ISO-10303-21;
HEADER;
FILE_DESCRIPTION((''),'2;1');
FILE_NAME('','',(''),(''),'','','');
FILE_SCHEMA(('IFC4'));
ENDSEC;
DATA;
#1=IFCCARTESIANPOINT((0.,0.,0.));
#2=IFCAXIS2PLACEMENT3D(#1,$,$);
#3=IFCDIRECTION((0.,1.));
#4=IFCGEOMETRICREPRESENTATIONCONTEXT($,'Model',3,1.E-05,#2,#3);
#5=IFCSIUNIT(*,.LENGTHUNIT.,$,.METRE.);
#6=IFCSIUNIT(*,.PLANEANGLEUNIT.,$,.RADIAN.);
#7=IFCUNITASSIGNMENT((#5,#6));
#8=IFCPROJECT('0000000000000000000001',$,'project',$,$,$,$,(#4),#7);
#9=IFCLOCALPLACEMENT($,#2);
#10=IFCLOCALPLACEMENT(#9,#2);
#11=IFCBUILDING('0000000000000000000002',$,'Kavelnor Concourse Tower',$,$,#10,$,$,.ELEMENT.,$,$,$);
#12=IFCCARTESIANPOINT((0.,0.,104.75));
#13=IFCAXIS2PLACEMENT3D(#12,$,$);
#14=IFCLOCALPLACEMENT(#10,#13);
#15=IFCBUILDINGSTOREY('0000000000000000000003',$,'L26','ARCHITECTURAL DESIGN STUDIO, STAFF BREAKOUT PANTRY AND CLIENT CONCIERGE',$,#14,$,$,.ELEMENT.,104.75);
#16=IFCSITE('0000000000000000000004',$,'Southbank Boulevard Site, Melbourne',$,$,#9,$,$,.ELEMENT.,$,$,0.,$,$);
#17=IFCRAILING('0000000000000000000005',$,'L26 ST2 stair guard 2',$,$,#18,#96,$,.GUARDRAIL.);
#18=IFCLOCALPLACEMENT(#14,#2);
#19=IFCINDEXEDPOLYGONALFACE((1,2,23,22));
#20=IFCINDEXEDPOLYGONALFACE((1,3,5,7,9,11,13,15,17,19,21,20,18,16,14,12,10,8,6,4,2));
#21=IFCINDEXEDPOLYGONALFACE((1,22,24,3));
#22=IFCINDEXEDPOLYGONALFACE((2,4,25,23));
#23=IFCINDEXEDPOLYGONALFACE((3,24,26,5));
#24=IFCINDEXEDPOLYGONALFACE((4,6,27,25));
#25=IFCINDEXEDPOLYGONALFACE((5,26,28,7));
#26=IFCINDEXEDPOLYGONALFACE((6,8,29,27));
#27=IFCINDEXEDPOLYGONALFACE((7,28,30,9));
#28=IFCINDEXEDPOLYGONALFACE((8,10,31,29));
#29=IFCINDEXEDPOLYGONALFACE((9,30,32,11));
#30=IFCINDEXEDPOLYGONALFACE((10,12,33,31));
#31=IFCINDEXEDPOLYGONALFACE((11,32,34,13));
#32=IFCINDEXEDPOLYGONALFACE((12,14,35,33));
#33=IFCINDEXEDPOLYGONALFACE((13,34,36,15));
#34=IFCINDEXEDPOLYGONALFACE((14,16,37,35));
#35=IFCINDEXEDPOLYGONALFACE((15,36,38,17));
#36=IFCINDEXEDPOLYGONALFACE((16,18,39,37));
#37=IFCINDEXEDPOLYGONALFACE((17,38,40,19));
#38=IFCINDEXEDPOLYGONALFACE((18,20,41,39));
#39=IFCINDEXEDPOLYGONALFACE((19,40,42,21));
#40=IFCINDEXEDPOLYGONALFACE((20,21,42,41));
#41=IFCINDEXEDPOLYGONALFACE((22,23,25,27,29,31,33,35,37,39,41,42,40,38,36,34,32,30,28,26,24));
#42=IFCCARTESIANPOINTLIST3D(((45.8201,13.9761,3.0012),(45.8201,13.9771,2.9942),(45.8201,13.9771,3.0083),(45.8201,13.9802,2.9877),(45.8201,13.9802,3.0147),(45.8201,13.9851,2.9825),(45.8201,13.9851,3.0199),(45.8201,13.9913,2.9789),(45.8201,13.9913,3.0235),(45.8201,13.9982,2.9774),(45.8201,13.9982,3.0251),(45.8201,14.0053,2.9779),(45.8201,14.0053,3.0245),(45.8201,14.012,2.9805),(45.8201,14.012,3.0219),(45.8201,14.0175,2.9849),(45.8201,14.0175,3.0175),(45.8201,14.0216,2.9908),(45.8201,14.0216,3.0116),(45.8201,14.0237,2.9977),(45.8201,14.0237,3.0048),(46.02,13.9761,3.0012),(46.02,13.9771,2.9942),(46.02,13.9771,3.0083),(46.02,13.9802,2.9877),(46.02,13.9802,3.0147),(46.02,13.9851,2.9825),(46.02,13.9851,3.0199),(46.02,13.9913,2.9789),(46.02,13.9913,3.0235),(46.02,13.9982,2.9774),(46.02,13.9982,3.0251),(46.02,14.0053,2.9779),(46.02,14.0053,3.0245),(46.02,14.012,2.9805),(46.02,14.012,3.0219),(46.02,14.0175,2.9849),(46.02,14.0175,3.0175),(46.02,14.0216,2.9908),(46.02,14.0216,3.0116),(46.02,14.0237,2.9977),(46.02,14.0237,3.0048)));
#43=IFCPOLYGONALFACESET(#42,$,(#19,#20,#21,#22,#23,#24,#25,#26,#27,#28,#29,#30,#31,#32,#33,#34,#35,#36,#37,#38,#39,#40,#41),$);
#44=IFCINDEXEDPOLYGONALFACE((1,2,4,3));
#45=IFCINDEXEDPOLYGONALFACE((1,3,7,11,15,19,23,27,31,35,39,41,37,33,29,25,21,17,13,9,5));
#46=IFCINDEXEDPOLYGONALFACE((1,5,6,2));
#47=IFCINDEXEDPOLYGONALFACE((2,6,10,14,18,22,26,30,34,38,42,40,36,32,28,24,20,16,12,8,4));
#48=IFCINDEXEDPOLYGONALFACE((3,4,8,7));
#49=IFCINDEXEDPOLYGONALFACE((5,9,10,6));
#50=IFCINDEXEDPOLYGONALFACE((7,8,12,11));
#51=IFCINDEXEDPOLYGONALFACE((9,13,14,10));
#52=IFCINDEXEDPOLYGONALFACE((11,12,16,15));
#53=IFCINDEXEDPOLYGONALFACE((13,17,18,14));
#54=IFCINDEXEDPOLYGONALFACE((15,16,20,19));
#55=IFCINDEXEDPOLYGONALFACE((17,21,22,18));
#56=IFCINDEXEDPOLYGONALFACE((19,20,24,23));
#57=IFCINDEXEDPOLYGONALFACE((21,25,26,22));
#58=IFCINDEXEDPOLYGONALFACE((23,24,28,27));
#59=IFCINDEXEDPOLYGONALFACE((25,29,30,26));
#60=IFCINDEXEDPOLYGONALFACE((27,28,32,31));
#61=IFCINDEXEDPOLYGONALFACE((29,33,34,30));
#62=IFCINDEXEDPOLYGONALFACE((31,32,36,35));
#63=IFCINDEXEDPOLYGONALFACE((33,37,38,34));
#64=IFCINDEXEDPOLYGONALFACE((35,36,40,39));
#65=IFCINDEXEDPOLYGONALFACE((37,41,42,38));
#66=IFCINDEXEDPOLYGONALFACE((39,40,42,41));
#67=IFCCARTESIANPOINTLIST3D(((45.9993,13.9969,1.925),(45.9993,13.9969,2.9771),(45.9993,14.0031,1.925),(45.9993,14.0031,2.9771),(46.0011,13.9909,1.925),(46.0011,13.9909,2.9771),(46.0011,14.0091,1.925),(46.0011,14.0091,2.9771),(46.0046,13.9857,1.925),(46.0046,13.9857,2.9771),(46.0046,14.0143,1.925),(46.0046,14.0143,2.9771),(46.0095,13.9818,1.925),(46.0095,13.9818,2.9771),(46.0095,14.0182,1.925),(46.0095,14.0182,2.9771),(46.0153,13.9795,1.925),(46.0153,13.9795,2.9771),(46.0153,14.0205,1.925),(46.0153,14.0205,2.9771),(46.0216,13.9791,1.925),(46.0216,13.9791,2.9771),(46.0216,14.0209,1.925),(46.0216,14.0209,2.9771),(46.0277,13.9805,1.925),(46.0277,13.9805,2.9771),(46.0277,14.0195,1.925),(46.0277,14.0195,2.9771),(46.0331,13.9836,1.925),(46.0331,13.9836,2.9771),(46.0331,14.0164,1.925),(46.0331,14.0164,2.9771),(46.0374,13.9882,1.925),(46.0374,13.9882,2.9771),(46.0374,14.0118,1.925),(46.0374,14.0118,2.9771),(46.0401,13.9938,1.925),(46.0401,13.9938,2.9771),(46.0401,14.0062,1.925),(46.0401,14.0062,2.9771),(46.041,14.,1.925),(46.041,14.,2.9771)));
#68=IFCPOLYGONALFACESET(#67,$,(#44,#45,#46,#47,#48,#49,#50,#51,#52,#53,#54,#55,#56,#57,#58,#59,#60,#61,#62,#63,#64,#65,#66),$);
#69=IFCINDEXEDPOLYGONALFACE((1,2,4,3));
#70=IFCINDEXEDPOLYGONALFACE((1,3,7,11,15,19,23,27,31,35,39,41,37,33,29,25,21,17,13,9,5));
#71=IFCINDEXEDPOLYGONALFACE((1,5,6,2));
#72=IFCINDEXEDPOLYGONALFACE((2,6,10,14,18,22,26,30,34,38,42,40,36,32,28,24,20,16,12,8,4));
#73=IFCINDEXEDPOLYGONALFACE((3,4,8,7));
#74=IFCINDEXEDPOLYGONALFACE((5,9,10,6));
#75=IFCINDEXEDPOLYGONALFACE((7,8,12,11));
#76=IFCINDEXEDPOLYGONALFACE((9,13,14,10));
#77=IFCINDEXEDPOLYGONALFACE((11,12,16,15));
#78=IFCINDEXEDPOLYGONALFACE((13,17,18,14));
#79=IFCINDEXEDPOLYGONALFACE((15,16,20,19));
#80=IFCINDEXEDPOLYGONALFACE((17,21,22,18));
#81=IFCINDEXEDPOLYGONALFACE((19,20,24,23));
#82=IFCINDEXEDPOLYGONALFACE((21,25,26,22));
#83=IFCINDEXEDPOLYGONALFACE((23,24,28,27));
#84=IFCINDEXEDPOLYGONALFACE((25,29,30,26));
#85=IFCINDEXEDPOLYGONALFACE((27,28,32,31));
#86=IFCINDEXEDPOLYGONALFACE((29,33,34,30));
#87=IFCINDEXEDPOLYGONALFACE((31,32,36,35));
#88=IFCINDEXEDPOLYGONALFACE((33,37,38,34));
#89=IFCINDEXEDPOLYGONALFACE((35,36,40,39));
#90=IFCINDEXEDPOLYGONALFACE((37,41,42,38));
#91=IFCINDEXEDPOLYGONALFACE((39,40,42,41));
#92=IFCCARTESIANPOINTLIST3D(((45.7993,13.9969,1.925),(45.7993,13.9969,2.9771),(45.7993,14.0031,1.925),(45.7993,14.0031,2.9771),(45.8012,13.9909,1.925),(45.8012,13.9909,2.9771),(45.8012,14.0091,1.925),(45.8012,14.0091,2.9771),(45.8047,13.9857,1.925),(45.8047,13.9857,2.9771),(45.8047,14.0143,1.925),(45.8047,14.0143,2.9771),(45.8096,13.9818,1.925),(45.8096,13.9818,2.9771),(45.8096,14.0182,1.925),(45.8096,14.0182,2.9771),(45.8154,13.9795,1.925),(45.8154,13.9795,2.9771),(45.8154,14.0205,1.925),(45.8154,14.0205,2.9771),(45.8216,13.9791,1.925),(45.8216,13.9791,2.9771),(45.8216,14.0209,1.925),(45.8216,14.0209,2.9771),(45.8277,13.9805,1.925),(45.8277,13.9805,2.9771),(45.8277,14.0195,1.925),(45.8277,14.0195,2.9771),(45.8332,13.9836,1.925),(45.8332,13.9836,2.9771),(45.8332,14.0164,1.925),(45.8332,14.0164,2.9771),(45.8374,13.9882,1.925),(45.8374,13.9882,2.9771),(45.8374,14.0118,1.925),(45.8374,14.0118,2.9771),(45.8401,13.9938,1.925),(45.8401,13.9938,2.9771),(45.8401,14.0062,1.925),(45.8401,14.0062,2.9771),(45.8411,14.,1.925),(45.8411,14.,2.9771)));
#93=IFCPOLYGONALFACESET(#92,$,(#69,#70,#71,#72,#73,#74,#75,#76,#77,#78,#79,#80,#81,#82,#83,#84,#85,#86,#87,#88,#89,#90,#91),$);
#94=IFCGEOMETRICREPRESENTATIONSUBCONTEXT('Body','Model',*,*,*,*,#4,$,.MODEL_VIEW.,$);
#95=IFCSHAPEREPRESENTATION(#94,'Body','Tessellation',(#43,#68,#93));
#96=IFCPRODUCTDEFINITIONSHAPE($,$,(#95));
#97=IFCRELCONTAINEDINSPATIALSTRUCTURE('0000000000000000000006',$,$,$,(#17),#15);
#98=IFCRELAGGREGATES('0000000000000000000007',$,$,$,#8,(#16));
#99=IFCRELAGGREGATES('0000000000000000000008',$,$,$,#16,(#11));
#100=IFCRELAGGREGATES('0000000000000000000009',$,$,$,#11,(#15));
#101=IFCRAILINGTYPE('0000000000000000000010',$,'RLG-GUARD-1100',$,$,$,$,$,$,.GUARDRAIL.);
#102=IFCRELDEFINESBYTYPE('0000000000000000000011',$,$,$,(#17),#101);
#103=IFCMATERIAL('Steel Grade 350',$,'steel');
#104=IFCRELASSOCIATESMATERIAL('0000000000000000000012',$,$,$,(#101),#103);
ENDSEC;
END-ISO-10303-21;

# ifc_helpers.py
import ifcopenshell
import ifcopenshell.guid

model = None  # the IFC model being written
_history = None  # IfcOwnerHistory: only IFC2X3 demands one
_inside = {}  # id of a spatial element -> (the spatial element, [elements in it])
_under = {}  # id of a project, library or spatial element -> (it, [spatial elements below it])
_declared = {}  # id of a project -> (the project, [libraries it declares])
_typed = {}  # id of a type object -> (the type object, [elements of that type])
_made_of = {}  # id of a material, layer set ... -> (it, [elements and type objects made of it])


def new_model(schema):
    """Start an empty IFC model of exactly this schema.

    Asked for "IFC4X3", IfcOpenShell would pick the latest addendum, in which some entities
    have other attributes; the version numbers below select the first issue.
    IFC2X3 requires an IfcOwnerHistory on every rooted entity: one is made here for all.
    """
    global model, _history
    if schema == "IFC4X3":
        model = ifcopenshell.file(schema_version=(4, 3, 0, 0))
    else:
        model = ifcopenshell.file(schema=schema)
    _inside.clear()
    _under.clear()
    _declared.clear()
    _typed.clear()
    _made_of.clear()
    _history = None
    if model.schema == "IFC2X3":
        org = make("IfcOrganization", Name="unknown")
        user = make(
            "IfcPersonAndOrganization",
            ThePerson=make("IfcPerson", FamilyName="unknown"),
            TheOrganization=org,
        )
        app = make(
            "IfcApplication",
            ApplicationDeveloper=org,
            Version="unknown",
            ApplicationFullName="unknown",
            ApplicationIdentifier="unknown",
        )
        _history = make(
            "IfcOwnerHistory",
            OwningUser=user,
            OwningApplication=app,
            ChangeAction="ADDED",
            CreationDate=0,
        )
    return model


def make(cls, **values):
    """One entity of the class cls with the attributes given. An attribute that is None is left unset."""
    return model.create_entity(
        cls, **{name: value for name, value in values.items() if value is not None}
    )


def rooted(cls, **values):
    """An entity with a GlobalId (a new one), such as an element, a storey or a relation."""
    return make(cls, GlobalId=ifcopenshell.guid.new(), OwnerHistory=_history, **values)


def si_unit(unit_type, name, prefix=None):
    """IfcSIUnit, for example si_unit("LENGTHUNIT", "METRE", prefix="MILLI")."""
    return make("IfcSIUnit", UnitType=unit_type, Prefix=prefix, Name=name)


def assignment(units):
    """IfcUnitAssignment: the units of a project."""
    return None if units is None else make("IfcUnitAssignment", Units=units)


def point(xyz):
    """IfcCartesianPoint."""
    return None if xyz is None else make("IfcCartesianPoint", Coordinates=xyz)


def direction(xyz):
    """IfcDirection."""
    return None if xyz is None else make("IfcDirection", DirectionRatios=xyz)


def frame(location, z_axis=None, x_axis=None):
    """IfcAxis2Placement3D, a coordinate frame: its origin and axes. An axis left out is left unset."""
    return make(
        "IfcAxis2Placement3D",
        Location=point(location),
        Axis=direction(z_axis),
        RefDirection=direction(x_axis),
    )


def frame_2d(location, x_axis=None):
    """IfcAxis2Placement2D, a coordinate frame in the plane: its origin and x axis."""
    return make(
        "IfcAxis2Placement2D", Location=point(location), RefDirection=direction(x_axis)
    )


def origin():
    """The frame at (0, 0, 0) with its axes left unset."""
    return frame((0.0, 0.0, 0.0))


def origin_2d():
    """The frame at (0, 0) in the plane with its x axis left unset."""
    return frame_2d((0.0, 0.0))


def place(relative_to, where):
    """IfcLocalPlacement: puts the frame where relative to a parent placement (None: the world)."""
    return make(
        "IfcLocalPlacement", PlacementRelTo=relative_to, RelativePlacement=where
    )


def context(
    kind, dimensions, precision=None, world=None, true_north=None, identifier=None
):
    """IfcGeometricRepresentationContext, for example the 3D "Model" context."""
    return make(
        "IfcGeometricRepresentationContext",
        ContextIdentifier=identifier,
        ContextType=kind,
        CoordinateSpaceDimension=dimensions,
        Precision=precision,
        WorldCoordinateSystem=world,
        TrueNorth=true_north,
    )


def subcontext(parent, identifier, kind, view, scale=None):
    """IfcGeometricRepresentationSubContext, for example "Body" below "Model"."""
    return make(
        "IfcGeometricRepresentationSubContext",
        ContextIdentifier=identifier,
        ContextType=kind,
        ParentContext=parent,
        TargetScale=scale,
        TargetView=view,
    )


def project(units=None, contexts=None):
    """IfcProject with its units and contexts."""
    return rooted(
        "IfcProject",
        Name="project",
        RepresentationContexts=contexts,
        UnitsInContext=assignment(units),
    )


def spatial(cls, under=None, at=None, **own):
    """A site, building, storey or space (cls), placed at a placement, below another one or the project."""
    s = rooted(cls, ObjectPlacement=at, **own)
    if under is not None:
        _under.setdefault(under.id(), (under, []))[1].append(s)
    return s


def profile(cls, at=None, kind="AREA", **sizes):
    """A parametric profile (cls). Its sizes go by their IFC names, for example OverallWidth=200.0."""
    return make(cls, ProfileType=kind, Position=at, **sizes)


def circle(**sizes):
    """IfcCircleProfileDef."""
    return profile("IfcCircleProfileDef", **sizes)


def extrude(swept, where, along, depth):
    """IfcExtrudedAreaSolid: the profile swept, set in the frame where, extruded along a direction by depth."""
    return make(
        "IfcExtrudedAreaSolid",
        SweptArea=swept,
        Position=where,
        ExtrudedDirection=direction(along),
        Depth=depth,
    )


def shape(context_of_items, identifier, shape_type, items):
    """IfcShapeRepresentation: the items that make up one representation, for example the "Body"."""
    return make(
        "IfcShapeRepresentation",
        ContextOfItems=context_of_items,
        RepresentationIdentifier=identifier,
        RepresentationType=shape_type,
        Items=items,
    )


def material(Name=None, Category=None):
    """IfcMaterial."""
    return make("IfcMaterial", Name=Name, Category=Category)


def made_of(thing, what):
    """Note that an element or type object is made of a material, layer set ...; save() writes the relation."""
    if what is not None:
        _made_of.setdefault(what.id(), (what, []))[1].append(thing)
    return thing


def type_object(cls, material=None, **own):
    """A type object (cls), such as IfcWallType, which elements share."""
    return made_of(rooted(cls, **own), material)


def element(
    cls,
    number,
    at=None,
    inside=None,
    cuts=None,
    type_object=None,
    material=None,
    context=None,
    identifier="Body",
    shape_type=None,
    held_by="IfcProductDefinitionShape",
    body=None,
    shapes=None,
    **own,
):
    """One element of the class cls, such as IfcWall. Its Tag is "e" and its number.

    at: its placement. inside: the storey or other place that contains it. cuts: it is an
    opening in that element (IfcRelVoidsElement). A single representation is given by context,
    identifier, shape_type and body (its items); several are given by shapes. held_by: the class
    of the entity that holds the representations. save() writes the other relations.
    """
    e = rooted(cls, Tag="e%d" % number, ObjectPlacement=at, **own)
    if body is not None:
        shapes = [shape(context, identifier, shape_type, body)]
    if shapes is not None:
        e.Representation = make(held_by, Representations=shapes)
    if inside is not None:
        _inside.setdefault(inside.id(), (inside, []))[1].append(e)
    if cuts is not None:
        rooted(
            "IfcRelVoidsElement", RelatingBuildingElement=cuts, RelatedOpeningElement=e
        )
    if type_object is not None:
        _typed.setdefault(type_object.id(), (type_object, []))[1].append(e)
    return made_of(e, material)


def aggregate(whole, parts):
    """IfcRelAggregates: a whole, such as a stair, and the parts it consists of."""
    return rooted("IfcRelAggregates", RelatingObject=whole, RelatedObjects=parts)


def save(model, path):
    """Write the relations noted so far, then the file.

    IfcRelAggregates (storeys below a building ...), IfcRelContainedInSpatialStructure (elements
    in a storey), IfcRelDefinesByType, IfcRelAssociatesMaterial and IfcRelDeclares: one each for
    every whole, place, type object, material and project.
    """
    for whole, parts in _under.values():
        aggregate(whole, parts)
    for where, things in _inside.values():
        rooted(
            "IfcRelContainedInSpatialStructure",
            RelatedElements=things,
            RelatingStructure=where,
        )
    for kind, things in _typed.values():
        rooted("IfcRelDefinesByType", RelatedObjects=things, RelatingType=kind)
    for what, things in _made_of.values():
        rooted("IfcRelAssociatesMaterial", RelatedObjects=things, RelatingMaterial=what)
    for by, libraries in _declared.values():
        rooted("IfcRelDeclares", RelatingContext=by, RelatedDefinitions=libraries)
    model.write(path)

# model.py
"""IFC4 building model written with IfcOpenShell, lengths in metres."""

from ifc_helpers import new_model, si_unit, direction, frame, origin, origin_2d, place, context, subcontext, project, spatial, circle, extrude, material, type_object, element, save


model = new_model("IFC4")

# Units and contexts
model_context = context("Model", 3, precision=1e-05, world=origin(), true_north=direction((0.0, 1.0)))
body_context = subcontext(model_context, "Body", "Model", "MODEL_VIEW")
ifc_project = project(units=[si_unit("LENGTHUNIT", "METRE"), si_unit("PLANEANGLEUNIT", "RADIAN")], contexts=[model_context])

# Site, building, storey
site_placement = place(None, origin())
site = spatial("IfcSite", under=ifc_project, at=site_placement, Name="Southbank Boulevard Site, Melbourne", CompositionType="ELEMENT", RefElevation=0.0)
building_placement = place(site_placement, origin())
building = spatial("IfcBuilding", under=site, at=building_placement, Name="Kavelnor Concourse Tower", CompositionType="ELEMENT")
storey_placement = place(building_placement, frame((0.0, 0.0, 104.75)))
storey = spatial("IfcBuildingStorey", under=building, at=storey_placement, Name="L26", Description="ARCHITECTURAL DESIGN STUDIO, STAFF BREAKOUT PANTRY AND CLIENT CONCIERGE", CompositionType="ELEMENT", Elevation=104.75)

# Shared definitions
ifc_material_1 = material(Name="Steel Grade 350", Category="steel")

# Railing
railing_type_1 = type_object("IfcRailingType", Name="RLG-GUARD-1100", PredefinedType="GUARDRAIL", material=ifc_material_1)
railing_1_placement = place(storey_placement, frame((46.02, 14.0, 1.925)))
element("IfcRailing", 1, at=railing_1_placement, inside=storey, type_object=railing_type_1, Name="L26 ST2 stair guard 2", PredefinedType="GUARDRAIL", context=body_context, shape_type="SweptSolid", body=[
    extrude(circle(Radius=0.0239, at=origin_2d()), frame((0.0, 0.0, 1.0762), z_axis=(-1.0, 0.0, 0.0), x_axis=(0.0, -1.0, 0.0)), (0.0, 0.0, 1.0), 0.2),
    extrude(circle(Radius=0.021, at=origin_2d()), origin(), (0.0, 0.0, 1.0), 1.052),
    extrude(circle(Radius=0.021, at=origin_2d()), frame((-0.2, 0.0, 0.0)), (0.0, 0.0, 1.0), 1.052),
])

save(model, "model.ifc")
